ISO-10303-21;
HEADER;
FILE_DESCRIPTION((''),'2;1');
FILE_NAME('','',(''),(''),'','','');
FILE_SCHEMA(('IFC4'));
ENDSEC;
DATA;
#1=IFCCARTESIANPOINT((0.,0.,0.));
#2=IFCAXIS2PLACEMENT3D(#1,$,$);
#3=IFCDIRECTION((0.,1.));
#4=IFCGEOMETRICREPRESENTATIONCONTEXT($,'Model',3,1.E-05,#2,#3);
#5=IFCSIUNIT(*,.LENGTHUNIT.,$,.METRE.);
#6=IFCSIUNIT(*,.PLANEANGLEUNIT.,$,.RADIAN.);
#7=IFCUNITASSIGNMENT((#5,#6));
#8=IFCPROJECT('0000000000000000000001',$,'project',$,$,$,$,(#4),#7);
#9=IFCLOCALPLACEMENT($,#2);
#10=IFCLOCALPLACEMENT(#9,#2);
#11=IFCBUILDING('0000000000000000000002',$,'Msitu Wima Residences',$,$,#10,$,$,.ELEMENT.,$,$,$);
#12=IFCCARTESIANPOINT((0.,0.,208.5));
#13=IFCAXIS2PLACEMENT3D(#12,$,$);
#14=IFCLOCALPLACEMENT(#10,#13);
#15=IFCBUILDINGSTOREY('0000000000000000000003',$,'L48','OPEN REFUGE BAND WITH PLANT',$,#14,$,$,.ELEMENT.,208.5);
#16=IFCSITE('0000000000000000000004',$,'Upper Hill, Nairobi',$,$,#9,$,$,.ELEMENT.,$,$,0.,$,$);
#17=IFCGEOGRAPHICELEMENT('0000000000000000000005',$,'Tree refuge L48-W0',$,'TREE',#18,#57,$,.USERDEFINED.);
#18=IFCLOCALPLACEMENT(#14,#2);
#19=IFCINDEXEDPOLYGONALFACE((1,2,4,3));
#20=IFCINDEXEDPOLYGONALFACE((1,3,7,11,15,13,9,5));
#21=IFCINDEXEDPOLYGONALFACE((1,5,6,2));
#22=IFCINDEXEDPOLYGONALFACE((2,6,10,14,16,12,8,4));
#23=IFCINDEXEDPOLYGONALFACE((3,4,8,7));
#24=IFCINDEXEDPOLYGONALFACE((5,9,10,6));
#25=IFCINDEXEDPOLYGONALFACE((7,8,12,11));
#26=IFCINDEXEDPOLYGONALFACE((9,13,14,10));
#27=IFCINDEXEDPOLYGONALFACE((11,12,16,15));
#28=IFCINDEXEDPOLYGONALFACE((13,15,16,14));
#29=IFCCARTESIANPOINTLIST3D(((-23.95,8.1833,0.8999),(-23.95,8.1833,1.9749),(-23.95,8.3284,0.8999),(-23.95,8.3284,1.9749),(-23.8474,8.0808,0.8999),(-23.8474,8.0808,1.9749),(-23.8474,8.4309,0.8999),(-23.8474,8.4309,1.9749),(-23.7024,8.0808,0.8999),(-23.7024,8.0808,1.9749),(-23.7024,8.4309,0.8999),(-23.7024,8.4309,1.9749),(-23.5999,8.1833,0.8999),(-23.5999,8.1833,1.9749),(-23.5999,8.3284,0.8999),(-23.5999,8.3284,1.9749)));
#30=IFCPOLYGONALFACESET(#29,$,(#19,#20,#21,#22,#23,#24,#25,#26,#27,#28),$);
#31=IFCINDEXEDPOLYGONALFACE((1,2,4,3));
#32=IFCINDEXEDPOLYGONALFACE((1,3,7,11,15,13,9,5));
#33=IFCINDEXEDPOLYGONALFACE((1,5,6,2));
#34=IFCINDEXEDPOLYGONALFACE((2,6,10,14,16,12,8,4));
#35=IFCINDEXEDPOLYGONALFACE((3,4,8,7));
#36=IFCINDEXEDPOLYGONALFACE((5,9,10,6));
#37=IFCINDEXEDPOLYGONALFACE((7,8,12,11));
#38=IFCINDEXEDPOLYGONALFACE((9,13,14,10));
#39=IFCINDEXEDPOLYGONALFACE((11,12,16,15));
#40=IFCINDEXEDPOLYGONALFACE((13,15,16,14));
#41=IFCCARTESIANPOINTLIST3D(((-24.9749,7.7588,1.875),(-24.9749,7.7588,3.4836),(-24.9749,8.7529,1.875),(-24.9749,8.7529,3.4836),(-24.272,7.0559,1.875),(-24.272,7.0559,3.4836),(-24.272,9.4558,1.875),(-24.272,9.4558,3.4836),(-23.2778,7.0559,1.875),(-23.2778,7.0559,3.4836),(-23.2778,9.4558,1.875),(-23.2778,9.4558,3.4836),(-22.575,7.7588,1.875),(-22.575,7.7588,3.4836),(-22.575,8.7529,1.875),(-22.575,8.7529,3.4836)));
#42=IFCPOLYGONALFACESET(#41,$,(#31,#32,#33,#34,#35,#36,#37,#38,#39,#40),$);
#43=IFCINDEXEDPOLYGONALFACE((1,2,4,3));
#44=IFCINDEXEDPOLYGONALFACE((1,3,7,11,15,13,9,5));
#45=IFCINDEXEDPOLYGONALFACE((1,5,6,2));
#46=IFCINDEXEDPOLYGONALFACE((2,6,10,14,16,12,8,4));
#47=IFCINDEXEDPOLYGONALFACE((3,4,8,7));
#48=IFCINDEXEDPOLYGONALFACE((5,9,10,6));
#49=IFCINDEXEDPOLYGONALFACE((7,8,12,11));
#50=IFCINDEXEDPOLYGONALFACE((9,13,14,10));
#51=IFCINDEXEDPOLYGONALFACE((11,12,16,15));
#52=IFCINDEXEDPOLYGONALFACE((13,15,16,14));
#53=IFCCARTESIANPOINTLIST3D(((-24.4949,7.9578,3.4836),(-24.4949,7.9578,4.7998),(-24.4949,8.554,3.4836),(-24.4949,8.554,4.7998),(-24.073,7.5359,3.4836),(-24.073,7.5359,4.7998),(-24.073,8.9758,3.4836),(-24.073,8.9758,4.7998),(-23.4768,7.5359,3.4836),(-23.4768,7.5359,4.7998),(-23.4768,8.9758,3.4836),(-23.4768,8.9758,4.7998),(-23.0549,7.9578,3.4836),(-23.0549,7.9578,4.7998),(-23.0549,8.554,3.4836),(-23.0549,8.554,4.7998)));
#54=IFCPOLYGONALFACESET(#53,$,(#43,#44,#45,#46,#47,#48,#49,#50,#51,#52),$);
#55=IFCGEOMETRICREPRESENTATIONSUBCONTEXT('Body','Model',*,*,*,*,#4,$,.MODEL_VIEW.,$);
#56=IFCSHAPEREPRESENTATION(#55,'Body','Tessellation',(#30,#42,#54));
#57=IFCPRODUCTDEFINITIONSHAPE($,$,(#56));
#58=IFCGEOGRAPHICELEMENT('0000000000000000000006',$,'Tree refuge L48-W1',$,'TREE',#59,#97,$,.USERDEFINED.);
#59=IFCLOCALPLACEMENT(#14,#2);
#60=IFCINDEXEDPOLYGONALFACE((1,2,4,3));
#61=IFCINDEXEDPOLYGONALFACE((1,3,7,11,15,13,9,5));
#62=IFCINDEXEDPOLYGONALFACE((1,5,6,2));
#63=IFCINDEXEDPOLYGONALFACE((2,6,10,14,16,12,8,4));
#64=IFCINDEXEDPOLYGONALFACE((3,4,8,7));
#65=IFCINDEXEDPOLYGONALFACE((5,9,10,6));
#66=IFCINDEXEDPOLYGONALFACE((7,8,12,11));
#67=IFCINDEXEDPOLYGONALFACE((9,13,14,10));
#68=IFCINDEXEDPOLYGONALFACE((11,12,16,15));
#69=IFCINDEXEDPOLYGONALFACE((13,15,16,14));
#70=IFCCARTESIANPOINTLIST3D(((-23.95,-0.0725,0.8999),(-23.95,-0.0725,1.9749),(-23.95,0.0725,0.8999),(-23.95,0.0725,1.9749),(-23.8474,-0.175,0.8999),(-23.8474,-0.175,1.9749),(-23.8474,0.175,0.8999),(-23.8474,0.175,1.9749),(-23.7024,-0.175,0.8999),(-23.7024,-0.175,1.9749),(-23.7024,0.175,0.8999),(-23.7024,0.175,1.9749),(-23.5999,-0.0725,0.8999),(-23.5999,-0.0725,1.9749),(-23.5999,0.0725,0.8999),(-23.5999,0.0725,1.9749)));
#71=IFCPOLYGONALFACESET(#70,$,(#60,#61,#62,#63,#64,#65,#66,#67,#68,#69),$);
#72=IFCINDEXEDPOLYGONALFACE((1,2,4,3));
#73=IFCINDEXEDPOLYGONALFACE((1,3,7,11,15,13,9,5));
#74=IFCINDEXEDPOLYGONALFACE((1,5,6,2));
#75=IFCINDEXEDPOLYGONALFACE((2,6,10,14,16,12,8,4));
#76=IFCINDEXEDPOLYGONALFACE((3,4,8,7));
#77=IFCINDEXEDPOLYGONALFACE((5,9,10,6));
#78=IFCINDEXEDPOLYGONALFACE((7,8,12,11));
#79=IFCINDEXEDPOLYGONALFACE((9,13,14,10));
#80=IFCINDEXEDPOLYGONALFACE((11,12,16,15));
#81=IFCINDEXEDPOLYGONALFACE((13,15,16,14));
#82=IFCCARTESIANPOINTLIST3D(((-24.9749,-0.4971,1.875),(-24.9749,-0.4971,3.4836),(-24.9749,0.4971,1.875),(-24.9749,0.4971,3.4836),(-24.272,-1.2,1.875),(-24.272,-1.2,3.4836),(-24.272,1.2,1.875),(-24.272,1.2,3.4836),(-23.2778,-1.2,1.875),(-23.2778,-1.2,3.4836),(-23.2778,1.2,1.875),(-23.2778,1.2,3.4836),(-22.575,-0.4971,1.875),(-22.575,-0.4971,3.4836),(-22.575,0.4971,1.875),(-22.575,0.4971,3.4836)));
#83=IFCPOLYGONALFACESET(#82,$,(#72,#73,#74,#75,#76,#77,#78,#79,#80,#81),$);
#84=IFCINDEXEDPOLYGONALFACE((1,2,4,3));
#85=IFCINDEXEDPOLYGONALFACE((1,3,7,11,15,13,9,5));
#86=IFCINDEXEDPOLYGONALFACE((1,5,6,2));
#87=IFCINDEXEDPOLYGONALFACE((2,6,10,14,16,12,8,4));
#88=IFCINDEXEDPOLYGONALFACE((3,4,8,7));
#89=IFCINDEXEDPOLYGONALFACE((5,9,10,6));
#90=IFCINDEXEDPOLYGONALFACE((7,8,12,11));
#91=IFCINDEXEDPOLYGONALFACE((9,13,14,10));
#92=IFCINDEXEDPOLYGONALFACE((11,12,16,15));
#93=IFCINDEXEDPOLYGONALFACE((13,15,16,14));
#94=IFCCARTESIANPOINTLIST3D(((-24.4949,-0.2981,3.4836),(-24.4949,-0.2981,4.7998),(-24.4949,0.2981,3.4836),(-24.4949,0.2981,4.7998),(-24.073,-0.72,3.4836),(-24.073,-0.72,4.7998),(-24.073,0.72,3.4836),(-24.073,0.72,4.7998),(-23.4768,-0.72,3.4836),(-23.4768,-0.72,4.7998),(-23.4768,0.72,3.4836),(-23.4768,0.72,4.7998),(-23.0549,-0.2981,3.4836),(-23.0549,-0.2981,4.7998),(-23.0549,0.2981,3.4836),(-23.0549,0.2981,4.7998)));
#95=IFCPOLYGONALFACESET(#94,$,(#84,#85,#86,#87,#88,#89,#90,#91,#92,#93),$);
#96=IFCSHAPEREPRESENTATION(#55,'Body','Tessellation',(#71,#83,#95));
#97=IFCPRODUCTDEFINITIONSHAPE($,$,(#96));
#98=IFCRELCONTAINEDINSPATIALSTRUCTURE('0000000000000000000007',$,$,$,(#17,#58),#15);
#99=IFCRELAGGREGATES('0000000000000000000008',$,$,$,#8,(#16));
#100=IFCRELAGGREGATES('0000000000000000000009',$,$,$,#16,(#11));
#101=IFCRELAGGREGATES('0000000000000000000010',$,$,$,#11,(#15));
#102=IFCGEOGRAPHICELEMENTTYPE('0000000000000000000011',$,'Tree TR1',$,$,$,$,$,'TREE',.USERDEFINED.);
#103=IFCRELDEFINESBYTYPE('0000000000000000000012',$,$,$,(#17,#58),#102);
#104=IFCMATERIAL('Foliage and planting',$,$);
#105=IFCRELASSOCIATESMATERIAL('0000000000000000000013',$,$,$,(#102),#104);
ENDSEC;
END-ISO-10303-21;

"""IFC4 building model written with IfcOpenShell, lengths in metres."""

from ifc_helpers import new_model, si_unit, direction, frame, origin, place, context, subcontext, project, spatial, polyline, outline, extrude, material, type_object, element, save


model = new_model("IFC4")

# Units and contexts
model_context = context("Model", 3, precision=1e-05, world=origin(), true_north=direction((0.0, 1.0)))
body_context = subcontext(model_context, "Body", "Model", "MODEL_VIEW")
ifc_project = project(units=[si_unit("LENGTHUNIT", "METRE"), si_unit("PLANEANGLEUNIT", "RADIAN")], contexts=[model_context])

# Site, building, storey
site_placement = place(None, origin())
site = spatial("IfcSite", under=ifc_project, at=site_placement, Name="Upper Hill, Nairobi", CompositionType="ELEMENT", RefElevation=0.0)
building_placement = place(site_placement, origin())
building = spatial("IfcBuilding", under=site, at=building_placement, Name="Msitu Wima Residences", CompositionType="ELEMENT")
storey_placement = place(building_placement, frame((0.0, 0.0, 208.5)))
storey = spatial("IfcBuildingStorey", under=building, at=storey_placement, Name="L48", Description="OPEN REFUGE BAND WITH PLANT", CompositionType="ELEMENT", Elevation=208.5)

# Geographic elements
ifc_material_1 = material(Name="Foliage and planting")
geographic_element_type = type_object("IfcGeographicElementType", Name="Tree TR1", ElementType="TREE", PredefinedType="USERDEFINED", material=ifc_material_1)
for number, where, z_axis, x_axis, name in (
    (1, (-23.7749, 8.2559, 0.8999), (0.0, 0.0, 1.0), (1.0, 0.0, 0.0), "Tree refuge L48-W0"),
    (2, (-23.7749, 0.0, 0.8999), (0.0, 0.0, 1.0), (1.0, 0.0, 0.0), "Tree refuge L48-W1"),
):
    element("IfcGeographicElement", number, at=place(storey_placement, frame(where, z_axis=z_axis, x_axis=x_axis)), inside=storey, type_object=geographic_element_type, Name=name, ObjectType="TREE", PredefinedType="USERDEFINED", context=body_context, shape_type="SweptSolid", body=[
        extrude(outline(polyline([(0.175, 0.0725), (0.0725, 0.175), (-0.0725, 0.175), (-0.175, 0.0725), (-0.175, -0.0725), (-0.0725, -0.175), (0.0725, -0.175), (0.175, -0.0725), (0.175, 0.0725)])), origin(), (0.0, 0.0, 1.0), 1.075),
        extrude(outline(polyline([(1.2, 0.4971), (0.4971, 1.2), (-0.4971, 1.2), (-1.2, 0.4971), (-1.2, -0.4971), (-0.4971, -1.2), (0.4971, -1.2), (1.2, -0.4971), (1.2, 0.4971)])), frame((0.0, 0.0, 0.9751)), (0.0, 0.0, 1.0), 1.6086),
        extrude(outline(polyline([(0.72, 0.2981), (0.2981, 0.72), (-0.2981, 0.72), (-0.72, 0.2981), (-0.72, -0.2981), (-0.2981, -0.72), (0.2981, -0.72), (0.72, -0.2981), (0.72, 0.2981)])), frame((0.0, 0.0, 2.5837)), (0.0, 0.0, 1.0), 1.3162),
    ])

save(model, "model.ifc")
